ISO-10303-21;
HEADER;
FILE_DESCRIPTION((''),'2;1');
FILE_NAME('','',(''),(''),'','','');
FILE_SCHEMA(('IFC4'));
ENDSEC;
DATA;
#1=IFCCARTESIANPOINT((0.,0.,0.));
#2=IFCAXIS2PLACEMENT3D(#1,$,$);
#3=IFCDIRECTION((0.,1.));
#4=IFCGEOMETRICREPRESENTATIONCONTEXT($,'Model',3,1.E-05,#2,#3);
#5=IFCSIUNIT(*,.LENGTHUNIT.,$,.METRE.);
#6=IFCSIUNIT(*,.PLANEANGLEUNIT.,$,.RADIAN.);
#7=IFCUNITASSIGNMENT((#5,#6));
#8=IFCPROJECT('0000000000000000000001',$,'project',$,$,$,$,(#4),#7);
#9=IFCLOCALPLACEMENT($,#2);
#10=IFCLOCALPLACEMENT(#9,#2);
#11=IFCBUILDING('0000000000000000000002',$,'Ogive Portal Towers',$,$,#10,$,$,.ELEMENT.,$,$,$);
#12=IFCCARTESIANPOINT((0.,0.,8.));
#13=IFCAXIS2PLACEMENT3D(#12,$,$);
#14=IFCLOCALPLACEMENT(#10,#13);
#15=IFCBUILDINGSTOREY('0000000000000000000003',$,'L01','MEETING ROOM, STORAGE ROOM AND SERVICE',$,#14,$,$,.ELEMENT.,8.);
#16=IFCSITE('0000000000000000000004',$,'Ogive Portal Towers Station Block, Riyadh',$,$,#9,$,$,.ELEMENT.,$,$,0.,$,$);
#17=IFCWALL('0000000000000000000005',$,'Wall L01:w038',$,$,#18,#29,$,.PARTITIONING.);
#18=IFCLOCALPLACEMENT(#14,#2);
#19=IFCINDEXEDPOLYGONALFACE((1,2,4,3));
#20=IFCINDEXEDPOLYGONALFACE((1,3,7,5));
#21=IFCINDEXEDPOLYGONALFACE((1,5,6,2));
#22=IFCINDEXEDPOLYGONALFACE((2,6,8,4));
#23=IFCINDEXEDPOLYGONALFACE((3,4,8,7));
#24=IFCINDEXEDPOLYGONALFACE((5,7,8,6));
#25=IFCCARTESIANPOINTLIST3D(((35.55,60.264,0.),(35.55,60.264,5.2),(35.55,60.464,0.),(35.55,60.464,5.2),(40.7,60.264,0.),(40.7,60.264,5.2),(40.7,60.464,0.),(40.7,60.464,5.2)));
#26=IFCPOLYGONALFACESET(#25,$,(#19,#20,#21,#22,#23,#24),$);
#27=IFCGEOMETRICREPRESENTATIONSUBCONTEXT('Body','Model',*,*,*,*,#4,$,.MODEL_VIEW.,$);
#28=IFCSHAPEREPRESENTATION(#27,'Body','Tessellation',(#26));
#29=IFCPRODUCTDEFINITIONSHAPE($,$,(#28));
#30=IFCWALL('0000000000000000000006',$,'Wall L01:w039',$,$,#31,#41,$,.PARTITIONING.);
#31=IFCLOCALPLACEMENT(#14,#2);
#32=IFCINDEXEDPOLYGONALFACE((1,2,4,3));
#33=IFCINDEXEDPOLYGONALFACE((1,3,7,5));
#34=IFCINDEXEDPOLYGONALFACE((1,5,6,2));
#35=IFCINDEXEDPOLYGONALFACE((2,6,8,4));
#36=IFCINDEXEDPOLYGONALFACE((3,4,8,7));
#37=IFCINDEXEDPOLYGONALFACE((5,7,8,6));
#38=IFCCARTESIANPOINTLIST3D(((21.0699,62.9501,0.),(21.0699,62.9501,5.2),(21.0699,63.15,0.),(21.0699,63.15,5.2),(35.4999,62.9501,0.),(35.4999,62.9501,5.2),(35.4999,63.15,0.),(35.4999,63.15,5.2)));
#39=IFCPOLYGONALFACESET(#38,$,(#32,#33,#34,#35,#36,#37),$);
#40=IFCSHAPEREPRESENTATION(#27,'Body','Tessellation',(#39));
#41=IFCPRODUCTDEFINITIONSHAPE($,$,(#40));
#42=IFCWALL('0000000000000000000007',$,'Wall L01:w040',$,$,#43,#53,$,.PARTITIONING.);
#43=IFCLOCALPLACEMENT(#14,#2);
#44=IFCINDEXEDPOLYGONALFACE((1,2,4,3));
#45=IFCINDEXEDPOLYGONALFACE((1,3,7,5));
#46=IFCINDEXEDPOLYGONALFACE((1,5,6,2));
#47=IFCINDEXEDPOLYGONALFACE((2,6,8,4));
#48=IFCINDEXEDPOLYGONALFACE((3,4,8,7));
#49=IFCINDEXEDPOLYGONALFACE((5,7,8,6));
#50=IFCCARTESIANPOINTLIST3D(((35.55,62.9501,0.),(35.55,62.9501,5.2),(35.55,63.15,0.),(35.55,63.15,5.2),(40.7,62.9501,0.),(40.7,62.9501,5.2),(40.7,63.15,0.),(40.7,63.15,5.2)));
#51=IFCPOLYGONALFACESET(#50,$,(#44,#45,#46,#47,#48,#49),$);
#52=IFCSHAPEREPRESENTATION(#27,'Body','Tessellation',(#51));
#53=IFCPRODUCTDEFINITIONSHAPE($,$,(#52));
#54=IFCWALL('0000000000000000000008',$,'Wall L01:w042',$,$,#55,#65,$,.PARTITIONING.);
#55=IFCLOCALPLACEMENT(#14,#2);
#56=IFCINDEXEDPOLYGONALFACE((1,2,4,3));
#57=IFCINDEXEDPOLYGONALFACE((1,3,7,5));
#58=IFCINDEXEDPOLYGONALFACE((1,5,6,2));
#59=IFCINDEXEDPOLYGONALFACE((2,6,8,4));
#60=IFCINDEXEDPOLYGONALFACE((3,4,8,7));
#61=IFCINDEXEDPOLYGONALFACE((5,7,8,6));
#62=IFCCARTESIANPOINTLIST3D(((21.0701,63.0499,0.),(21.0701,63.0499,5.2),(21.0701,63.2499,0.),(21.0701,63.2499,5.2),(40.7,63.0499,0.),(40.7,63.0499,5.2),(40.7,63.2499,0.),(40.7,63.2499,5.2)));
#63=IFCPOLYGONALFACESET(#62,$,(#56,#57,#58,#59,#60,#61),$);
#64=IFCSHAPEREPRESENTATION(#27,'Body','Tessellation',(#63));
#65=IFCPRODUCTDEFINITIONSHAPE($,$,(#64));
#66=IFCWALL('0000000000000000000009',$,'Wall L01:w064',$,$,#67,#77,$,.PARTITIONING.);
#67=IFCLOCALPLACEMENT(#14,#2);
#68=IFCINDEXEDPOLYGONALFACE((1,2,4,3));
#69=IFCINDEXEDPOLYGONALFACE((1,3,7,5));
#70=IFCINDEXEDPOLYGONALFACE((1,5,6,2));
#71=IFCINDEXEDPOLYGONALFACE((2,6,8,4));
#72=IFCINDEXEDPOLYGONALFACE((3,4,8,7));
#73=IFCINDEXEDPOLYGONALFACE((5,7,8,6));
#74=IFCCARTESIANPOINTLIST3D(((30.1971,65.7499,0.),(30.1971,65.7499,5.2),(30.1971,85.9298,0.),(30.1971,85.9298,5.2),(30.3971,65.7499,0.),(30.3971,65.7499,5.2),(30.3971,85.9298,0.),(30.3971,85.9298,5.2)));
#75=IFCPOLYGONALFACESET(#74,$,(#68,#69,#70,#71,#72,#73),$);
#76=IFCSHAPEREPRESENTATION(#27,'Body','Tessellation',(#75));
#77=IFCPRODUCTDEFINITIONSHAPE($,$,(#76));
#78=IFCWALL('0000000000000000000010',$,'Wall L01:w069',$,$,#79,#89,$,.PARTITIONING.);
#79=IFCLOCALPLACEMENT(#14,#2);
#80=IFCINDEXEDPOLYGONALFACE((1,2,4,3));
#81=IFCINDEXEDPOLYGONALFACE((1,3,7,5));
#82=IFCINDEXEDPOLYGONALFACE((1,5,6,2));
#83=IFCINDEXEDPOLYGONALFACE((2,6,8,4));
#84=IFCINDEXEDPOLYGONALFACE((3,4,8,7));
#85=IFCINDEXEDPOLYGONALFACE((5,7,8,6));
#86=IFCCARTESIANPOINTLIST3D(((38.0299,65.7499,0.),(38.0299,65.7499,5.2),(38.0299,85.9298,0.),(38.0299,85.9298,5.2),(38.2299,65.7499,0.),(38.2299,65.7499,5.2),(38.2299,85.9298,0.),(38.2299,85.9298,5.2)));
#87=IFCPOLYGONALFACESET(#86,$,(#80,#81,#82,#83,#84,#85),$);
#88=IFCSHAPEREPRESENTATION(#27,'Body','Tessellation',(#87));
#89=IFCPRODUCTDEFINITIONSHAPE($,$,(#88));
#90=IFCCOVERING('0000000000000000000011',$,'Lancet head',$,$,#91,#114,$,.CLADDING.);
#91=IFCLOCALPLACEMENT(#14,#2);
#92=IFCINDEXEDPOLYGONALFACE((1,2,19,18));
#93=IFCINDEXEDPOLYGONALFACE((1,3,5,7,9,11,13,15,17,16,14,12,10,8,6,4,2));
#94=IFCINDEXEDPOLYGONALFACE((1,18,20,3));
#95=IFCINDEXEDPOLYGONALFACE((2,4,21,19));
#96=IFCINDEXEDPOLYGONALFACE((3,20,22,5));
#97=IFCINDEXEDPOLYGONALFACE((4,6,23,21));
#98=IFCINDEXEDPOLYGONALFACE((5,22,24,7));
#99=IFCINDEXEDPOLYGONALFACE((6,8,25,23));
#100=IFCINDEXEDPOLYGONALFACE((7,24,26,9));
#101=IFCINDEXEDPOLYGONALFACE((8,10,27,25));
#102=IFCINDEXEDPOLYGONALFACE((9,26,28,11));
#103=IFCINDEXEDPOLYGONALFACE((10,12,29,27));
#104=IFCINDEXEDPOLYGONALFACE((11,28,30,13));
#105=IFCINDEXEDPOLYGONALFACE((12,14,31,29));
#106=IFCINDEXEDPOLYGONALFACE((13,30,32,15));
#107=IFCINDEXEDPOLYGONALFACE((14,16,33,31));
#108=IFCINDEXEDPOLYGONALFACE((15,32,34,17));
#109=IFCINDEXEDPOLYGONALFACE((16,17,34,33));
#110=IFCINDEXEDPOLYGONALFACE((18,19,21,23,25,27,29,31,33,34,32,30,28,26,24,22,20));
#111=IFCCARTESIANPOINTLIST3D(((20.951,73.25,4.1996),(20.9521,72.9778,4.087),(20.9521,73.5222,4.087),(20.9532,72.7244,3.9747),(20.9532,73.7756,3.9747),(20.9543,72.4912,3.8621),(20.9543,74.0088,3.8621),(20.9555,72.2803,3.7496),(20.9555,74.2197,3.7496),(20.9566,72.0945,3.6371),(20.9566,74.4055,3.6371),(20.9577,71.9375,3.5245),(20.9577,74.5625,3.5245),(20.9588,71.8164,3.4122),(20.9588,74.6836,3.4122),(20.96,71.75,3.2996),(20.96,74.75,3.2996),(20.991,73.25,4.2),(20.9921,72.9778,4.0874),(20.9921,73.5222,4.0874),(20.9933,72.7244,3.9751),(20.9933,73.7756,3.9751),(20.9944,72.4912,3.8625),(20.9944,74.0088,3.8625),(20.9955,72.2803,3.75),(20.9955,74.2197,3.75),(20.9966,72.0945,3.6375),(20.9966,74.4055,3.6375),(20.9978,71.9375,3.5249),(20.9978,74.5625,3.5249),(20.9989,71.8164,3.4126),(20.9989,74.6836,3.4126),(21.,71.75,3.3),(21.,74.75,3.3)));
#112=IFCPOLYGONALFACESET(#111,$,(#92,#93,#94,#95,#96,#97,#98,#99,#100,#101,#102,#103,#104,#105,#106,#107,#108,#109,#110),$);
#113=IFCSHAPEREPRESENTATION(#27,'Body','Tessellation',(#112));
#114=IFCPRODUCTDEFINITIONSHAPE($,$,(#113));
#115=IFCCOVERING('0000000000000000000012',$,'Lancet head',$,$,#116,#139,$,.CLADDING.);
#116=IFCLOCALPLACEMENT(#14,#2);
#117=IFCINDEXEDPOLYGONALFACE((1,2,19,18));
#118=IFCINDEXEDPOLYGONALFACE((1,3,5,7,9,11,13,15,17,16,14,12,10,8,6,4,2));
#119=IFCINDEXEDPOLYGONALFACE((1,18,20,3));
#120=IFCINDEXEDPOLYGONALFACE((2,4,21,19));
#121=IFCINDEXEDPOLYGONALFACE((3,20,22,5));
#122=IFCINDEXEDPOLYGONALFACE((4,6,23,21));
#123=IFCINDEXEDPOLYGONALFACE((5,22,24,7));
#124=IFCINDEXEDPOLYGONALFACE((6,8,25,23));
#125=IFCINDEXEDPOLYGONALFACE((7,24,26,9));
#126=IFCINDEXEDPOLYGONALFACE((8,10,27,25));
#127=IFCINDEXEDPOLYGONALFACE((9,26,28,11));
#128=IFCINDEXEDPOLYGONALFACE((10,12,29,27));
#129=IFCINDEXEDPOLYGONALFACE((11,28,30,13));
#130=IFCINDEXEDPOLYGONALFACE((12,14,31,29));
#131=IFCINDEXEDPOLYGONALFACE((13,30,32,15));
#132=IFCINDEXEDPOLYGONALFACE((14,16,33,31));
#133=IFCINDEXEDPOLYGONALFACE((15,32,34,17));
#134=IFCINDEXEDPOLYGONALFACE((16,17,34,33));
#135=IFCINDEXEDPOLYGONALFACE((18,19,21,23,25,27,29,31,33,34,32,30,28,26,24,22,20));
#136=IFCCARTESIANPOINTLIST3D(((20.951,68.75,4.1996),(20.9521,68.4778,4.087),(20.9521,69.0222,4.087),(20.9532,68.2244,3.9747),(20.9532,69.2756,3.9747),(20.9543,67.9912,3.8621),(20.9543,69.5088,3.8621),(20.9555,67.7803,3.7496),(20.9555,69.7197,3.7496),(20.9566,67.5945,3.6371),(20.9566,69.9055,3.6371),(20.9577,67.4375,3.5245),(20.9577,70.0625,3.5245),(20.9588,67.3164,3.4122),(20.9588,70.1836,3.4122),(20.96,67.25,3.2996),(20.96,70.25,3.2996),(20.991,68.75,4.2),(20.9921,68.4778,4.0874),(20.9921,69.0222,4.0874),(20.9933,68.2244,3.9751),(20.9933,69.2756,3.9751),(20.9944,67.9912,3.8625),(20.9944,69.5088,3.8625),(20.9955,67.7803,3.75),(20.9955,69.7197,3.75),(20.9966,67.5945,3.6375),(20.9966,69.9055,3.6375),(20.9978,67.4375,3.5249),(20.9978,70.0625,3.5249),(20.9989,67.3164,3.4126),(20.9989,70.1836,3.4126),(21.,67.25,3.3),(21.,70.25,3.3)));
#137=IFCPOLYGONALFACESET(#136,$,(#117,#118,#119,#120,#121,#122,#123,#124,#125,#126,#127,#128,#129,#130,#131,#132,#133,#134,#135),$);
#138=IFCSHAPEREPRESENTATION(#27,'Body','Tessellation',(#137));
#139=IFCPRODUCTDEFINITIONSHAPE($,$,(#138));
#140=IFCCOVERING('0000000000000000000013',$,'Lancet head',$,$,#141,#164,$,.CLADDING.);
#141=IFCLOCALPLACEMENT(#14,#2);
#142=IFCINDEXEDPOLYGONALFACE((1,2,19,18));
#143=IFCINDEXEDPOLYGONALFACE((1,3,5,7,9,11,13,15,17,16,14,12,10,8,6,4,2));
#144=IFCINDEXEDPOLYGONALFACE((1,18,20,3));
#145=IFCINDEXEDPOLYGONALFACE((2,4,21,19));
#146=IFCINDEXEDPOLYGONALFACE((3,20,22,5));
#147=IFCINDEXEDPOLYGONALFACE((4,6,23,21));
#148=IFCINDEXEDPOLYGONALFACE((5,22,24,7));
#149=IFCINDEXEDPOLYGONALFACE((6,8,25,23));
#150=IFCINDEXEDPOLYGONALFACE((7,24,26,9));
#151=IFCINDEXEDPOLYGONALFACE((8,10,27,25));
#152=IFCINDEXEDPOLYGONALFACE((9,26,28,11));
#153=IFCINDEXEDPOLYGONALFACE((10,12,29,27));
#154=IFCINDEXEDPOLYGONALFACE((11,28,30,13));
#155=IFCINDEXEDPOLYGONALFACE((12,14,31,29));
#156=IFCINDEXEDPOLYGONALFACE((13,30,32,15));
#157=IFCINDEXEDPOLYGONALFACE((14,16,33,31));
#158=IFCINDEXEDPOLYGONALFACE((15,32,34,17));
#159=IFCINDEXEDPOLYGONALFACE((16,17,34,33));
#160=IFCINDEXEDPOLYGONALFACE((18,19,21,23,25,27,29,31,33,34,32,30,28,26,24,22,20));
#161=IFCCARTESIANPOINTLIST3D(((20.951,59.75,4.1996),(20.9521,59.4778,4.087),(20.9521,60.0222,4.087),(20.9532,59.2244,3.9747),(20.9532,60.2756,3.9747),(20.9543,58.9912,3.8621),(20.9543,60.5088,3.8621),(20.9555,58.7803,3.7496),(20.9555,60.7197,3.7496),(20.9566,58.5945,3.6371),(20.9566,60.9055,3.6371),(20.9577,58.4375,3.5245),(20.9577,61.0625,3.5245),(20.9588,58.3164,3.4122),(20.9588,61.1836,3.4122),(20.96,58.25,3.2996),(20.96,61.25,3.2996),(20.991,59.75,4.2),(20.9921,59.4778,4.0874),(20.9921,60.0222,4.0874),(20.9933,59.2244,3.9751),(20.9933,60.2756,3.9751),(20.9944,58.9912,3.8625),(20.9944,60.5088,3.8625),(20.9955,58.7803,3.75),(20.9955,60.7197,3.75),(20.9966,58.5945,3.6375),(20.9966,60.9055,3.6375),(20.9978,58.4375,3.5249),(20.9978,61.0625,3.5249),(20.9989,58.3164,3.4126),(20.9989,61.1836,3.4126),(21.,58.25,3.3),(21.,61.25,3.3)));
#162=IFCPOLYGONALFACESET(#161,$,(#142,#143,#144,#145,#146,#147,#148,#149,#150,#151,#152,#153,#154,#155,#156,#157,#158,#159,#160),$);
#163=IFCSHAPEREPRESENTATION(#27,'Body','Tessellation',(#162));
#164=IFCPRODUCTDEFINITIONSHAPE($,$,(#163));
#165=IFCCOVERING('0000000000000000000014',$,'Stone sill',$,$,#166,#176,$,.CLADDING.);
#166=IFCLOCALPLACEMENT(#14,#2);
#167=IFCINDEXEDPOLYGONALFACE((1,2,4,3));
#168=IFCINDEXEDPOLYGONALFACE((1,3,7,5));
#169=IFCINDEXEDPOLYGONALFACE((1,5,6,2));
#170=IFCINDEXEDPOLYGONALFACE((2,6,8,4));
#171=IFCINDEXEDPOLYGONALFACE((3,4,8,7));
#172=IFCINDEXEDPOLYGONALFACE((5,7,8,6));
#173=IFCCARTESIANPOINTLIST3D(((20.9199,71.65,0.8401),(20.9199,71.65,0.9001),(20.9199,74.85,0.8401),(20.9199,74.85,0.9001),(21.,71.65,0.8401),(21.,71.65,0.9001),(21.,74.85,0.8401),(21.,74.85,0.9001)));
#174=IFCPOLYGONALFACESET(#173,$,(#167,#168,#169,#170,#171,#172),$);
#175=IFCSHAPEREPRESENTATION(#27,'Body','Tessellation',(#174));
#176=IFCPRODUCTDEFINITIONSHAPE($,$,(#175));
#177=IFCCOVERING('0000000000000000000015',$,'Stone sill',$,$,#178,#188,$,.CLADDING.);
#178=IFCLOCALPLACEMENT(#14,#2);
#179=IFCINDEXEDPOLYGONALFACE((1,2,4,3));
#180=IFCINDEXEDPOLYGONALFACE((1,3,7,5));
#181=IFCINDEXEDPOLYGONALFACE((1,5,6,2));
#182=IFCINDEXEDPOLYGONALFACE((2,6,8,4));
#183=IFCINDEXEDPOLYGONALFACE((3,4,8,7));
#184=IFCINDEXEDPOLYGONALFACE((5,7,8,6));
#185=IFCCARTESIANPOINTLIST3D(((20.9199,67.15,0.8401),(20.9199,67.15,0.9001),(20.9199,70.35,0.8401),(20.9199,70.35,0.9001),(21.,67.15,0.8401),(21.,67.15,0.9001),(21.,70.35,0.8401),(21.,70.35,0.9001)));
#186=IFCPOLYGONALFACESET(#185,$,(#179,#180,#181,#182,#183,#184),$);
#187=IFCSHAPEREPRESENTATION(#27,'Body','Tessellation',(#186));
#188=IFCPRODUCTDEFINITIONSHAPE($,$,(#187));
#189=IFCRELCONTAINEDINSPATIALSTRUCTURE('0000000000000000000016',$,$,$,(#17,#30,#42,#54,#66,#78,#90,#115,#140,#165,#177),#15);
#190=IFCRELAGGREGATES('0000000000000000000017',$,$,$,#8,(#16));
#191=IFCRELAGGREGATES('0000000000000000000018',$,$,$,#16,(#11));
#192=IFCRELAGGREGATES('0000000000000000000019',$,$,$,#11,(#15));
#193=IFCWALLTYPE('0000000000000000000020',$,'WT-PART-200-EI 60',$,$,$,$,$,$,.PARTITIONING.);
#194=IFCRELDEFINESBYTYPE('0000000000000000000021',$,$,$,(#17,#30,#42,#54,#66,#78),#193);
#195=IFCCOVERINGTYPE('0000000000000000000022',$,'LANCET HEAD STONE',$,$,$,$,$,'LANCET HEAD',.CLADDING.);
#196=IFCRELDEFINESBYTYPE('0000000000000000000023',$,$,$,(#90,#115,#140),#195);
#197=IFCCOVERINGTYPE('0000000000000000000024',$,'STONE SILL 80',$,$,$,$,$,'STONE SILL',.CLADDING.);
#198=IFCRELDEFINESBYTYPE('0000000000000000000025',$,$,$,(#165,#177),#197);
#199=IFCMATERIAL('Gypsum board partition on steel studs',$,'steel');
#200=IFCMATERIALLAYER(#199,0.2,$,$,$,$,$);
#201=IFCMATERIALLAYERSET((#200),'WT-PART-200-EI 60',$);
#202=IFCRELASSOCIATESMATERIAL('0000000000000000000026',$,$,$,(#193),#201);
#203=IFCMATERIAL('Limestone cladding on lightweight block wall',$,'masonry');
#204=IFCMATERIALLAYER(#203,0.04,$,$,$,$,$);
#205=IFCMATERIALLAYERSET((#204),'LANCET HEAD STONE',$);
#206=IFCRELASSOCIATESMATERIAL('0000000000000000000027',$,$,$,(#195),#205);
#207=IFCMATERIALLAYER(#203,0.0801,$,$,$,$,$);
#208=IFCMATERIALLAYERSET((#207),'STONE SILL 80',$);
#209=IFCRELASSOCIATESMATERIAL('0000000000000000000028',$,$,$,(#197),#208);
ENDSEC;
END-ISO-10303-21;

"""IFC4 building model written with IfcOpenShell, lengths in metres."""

from ifc_helpers import new_model, si_unit, direction, frame, frame_2d, origin, origin_2d, place, context, subcontext, project, spatial, polyline, rectangle, outline, extrude, material, layer, layer_set, type_object, element, save


model = new_model("IFC4")

# Units and contexts
model_context = context("Model", 3, precision=1e-05, world=origin(), true_north=direction((0.0, 1.0)))
body_context = subcontext(model_context, "Body", "Model", "MODEL_VIEW")
ifc_project = project(units=[si_unit("LENGTHUNIT", "METRE"), si_unit("PLANEANGLEUNIT", "RADIAN")], contexts=[model_context])

# Site, building, storey
site_placement = place(None, origin())
site = spatial("IfcSite", under=ifc_project, at=site_placement, Name="Ogive Portal Towers Station Block, Riyadh", CompositionType="ELEMENT", RefElevation=0.0)
building_placement = place(site_placement, origin())
building = spatial("IfcBuilding", under=site, at=building_placement, Name="Ogive Portal Towers", CompositionType="ELEMENT")
storey_placement = place(building_placement, frame((0.0, 0.0, 8.0)))
storey = spatial("IfcBuildingStorey", under=building, at=storey_placement, Name="L01", Description="MEETING ROOM, STORAGE ROOM AND SERVICE", CompositionType="ELEMENT", Elevation=8.0)

# Walls
ifc_material_1 = material(Name="Gypsum board partition on steel studs", Category="steel")
ifc_layer_1 = layer(ifc_material_1, 0.2)
ifc_layer_set_1 = layer_set([ifc_layer_1], Name="WT-PART-200-EI 60")
wall_type_1 = type_object("IfcWallType", Name="WT-PART-200-EI 60", PredefinedType="PARTITIONING", material=ifc_layer_set_1)
wall_1_placement = place(storey_placement, frame((35.55, 60.364, 0.0), z_axis=(0.0, 0.0, 1.0), x_axis=(1.0, 0.0, 0.0)))
element("IfcWall", 1, at=wall_1_placement, inside=storey, type_object=wall_type_1, Name="Wall L01:w038", PredefinedType="PARTITIONING", context=body_context, shape_type="SweptSolid", body=[
    extrude(rectangle(XDim=5.1499, YDim=0.2, at=frame_2d((2.575, 0.0))), origin(), (0.0, 0.0, 1.0), 5.2),
])
wall_2_placement = place(storey_placement, frame((21.0701, 63.05, 0.0), z_axis=(0.0, 0.0, 1.0), x_axis=(1.0, 0.0, 0.0)))
element("IfcWall", 2, at=wall_2_placement, inside=storey, type_object=wall_type_1, Name="Wall L01:w039", PredefinedType="PARTITIONING", context=body_context, shape_type="SweptSolid", body=[
    extrude(rectangle(XDim=14.4299, YDim=0.2, at=frame_2d((7.2148, 0.0))), origin(), (0.0, 0.0, 1.0), 5.2),
])
wall_3_placement = place(storey_placement, frame((35.55, 63.05, 0.0), z_axis=(0.0, 0.0, 1.0), x_axis=(1.0, 0.0, 0.0)))
element("IfcWall", 3, at=wall_3_placement, inside=storey, type_object=wall_type_1, Name="Wall L01:w040", PredefinedType="PARTITIONING", context=body_context, shape_type="SweptSolid", body=[
    extrude(rectangle(XDim=5.1499, YDim=0.2, at=frame_2d((2.575, 0.0))), origin(), (0.0, 0.0, 1.0), 5.2),
])
wall_4_placement = place(storey_placement, frame((21.0701, 63.1499, 0.0), z_axis=(0.0, 0.0, 1.0), x_axis=(1.0, 0.0, 0.0)))
element("IfcWall", 4, at=wall_4_placement, inside=storey, type_object=wall_type_1, Name="Wall L01:w042", PredefinedType="PARTITIONING", context=body_context, shape_type="SweptSolid", body=[
    extrude(rectangle(XDim=19.6299, YDim=0.2, at=frame_2d((9.8149, 0.0))), origin(), (0.0, 0.0, 1.0), 5.2),
])
for number, where, z_axis, x_axis, name in (
    (5, (30.2971, 65.75, 0.0), (0.0, 0.0, 1.0), (0.0, 1.0, 0.0), "Wall L01:w064"),
    (6, (38.1299, 65.75, 0.0), (0.0, 0.0, 1.0), (0.0, 1.0, 0.0), "Wall L01:w069"),
):
    element("IfcWall", number, at=place(storey_placement, frame(where, z_axis=z_axis, x_axis=x_axis)), inside=storey, type_object=wall_type_1, Name=name, PredefinedType="PARTITIONING", context=body_context, shape_type="SweptSolid", body=[
        extrude(rectangle(XDim=20.1799, YDim=0.2, at=frame_2d((10.0898, 0.0))), origin(), (0.0, 0.0, 1.0), 5.2),
    ])

# Coverings
ifc_material_2 = material(Name="Limestone cladding on lightweight block wall", Category="masonry")
ifc_layer_2 = layer(ifc_material_2, 0.04)
ifc_layer_set_2 = layer_set([ifc_layer_2], Name="LANCET HEAD STONE")
covering_type_1 = type_object("IfcCoveringType", Name="LANCET HEAD STONE", ElementType="LANCET HEAD", PredefinedType="CLADDING", material=ifc_layer_set_2)
for number, where, z_axis, x_axis, name in (
    (7, (21.0, 74.75, 3.3), (0.99995, 0.0, 0.009994), (0.0, -1.0, 0.0), "Lancet head"),
    (8, (21.0, 70.25, 3.3), (0.99995, 0.0, 0.009994), (0.0, -1.0, 0.0), "Lancet head"),
    (9, (21.0, 61.25, 3.3), (0.99995, 0.0, 0.009994), (0.0, -1.0, 0.0), "Lancet head"),
):
    element("IfcCovering", number, at=place(storey_placement, frame(where, z_axis=z_axis, x_axis=x_axis)), inside=storey, type_object=covering_type_1, Name=name, PredefinedType="CLADDING", context=body_context, shape_type="SweptSolid", body=[
        extrude(outline(polyline([(0.0, 0.0), (3.0, 0.0), (2.9336, -0.1126), (2.8125, -0.2249), (2.6555, -0.3374), (2.4697, -0.45), (2.2588, -0.5625), (2.0256, -0.6751), (1.7722, -0.7874), (1.5, -0.8999), (1.2278, -0.7874), (0.9744, -0.6751), (0.7412, -0.5625), (0.5303, -0.45), (0.3445, -0.3374), (0.1875, -0.2249), (0.0664, -0.1126), (0.0, 0.0)])), origin(), (0.0, 0.0, -1.0), 0.04),
    ])
ifc_layer_3 = layer(ifc_material_2, 0.0801)
ifc_layer_set_3 = layer_set([ifc_layer_3], Name="STONE SILL 80")
covering_type_2 = type_object("IfcCoveringType", Name="STONE SILL 80", ElementType="STONE SILL", PredefinedType="CLADDING", material=ifc_layer_set_3)
for number, where, z_axis, x_axis, name in (
    (10, (20.96, 73.25, 0.8401), (0.0, 0.0, 1.0), (0.0, -1.0, 0.0), "Stone sill"),
    (11, (20.96, 68.75, 0.8401), (0.0, 0.0, 1.0), (0.0, -1.0, 0.0), "Stone sill"),
):
    element("IfcCovering", number, at=place(storey_placement, frame(where, z_axis=z_axis, x_axis=x_axis)), inside=storey, type_object=covering_type_2, Name=name, PredefinedType="CLADDING", context=body_context, shape_type="SweptSolid", body=[
        extrude(rectangle(XDim=3.2, YDim=0.0801, at=origin_2d()), origin(), (0.0, 0.0, 1.0), 0.0601),
    ])

save(model, "model.ifc")
